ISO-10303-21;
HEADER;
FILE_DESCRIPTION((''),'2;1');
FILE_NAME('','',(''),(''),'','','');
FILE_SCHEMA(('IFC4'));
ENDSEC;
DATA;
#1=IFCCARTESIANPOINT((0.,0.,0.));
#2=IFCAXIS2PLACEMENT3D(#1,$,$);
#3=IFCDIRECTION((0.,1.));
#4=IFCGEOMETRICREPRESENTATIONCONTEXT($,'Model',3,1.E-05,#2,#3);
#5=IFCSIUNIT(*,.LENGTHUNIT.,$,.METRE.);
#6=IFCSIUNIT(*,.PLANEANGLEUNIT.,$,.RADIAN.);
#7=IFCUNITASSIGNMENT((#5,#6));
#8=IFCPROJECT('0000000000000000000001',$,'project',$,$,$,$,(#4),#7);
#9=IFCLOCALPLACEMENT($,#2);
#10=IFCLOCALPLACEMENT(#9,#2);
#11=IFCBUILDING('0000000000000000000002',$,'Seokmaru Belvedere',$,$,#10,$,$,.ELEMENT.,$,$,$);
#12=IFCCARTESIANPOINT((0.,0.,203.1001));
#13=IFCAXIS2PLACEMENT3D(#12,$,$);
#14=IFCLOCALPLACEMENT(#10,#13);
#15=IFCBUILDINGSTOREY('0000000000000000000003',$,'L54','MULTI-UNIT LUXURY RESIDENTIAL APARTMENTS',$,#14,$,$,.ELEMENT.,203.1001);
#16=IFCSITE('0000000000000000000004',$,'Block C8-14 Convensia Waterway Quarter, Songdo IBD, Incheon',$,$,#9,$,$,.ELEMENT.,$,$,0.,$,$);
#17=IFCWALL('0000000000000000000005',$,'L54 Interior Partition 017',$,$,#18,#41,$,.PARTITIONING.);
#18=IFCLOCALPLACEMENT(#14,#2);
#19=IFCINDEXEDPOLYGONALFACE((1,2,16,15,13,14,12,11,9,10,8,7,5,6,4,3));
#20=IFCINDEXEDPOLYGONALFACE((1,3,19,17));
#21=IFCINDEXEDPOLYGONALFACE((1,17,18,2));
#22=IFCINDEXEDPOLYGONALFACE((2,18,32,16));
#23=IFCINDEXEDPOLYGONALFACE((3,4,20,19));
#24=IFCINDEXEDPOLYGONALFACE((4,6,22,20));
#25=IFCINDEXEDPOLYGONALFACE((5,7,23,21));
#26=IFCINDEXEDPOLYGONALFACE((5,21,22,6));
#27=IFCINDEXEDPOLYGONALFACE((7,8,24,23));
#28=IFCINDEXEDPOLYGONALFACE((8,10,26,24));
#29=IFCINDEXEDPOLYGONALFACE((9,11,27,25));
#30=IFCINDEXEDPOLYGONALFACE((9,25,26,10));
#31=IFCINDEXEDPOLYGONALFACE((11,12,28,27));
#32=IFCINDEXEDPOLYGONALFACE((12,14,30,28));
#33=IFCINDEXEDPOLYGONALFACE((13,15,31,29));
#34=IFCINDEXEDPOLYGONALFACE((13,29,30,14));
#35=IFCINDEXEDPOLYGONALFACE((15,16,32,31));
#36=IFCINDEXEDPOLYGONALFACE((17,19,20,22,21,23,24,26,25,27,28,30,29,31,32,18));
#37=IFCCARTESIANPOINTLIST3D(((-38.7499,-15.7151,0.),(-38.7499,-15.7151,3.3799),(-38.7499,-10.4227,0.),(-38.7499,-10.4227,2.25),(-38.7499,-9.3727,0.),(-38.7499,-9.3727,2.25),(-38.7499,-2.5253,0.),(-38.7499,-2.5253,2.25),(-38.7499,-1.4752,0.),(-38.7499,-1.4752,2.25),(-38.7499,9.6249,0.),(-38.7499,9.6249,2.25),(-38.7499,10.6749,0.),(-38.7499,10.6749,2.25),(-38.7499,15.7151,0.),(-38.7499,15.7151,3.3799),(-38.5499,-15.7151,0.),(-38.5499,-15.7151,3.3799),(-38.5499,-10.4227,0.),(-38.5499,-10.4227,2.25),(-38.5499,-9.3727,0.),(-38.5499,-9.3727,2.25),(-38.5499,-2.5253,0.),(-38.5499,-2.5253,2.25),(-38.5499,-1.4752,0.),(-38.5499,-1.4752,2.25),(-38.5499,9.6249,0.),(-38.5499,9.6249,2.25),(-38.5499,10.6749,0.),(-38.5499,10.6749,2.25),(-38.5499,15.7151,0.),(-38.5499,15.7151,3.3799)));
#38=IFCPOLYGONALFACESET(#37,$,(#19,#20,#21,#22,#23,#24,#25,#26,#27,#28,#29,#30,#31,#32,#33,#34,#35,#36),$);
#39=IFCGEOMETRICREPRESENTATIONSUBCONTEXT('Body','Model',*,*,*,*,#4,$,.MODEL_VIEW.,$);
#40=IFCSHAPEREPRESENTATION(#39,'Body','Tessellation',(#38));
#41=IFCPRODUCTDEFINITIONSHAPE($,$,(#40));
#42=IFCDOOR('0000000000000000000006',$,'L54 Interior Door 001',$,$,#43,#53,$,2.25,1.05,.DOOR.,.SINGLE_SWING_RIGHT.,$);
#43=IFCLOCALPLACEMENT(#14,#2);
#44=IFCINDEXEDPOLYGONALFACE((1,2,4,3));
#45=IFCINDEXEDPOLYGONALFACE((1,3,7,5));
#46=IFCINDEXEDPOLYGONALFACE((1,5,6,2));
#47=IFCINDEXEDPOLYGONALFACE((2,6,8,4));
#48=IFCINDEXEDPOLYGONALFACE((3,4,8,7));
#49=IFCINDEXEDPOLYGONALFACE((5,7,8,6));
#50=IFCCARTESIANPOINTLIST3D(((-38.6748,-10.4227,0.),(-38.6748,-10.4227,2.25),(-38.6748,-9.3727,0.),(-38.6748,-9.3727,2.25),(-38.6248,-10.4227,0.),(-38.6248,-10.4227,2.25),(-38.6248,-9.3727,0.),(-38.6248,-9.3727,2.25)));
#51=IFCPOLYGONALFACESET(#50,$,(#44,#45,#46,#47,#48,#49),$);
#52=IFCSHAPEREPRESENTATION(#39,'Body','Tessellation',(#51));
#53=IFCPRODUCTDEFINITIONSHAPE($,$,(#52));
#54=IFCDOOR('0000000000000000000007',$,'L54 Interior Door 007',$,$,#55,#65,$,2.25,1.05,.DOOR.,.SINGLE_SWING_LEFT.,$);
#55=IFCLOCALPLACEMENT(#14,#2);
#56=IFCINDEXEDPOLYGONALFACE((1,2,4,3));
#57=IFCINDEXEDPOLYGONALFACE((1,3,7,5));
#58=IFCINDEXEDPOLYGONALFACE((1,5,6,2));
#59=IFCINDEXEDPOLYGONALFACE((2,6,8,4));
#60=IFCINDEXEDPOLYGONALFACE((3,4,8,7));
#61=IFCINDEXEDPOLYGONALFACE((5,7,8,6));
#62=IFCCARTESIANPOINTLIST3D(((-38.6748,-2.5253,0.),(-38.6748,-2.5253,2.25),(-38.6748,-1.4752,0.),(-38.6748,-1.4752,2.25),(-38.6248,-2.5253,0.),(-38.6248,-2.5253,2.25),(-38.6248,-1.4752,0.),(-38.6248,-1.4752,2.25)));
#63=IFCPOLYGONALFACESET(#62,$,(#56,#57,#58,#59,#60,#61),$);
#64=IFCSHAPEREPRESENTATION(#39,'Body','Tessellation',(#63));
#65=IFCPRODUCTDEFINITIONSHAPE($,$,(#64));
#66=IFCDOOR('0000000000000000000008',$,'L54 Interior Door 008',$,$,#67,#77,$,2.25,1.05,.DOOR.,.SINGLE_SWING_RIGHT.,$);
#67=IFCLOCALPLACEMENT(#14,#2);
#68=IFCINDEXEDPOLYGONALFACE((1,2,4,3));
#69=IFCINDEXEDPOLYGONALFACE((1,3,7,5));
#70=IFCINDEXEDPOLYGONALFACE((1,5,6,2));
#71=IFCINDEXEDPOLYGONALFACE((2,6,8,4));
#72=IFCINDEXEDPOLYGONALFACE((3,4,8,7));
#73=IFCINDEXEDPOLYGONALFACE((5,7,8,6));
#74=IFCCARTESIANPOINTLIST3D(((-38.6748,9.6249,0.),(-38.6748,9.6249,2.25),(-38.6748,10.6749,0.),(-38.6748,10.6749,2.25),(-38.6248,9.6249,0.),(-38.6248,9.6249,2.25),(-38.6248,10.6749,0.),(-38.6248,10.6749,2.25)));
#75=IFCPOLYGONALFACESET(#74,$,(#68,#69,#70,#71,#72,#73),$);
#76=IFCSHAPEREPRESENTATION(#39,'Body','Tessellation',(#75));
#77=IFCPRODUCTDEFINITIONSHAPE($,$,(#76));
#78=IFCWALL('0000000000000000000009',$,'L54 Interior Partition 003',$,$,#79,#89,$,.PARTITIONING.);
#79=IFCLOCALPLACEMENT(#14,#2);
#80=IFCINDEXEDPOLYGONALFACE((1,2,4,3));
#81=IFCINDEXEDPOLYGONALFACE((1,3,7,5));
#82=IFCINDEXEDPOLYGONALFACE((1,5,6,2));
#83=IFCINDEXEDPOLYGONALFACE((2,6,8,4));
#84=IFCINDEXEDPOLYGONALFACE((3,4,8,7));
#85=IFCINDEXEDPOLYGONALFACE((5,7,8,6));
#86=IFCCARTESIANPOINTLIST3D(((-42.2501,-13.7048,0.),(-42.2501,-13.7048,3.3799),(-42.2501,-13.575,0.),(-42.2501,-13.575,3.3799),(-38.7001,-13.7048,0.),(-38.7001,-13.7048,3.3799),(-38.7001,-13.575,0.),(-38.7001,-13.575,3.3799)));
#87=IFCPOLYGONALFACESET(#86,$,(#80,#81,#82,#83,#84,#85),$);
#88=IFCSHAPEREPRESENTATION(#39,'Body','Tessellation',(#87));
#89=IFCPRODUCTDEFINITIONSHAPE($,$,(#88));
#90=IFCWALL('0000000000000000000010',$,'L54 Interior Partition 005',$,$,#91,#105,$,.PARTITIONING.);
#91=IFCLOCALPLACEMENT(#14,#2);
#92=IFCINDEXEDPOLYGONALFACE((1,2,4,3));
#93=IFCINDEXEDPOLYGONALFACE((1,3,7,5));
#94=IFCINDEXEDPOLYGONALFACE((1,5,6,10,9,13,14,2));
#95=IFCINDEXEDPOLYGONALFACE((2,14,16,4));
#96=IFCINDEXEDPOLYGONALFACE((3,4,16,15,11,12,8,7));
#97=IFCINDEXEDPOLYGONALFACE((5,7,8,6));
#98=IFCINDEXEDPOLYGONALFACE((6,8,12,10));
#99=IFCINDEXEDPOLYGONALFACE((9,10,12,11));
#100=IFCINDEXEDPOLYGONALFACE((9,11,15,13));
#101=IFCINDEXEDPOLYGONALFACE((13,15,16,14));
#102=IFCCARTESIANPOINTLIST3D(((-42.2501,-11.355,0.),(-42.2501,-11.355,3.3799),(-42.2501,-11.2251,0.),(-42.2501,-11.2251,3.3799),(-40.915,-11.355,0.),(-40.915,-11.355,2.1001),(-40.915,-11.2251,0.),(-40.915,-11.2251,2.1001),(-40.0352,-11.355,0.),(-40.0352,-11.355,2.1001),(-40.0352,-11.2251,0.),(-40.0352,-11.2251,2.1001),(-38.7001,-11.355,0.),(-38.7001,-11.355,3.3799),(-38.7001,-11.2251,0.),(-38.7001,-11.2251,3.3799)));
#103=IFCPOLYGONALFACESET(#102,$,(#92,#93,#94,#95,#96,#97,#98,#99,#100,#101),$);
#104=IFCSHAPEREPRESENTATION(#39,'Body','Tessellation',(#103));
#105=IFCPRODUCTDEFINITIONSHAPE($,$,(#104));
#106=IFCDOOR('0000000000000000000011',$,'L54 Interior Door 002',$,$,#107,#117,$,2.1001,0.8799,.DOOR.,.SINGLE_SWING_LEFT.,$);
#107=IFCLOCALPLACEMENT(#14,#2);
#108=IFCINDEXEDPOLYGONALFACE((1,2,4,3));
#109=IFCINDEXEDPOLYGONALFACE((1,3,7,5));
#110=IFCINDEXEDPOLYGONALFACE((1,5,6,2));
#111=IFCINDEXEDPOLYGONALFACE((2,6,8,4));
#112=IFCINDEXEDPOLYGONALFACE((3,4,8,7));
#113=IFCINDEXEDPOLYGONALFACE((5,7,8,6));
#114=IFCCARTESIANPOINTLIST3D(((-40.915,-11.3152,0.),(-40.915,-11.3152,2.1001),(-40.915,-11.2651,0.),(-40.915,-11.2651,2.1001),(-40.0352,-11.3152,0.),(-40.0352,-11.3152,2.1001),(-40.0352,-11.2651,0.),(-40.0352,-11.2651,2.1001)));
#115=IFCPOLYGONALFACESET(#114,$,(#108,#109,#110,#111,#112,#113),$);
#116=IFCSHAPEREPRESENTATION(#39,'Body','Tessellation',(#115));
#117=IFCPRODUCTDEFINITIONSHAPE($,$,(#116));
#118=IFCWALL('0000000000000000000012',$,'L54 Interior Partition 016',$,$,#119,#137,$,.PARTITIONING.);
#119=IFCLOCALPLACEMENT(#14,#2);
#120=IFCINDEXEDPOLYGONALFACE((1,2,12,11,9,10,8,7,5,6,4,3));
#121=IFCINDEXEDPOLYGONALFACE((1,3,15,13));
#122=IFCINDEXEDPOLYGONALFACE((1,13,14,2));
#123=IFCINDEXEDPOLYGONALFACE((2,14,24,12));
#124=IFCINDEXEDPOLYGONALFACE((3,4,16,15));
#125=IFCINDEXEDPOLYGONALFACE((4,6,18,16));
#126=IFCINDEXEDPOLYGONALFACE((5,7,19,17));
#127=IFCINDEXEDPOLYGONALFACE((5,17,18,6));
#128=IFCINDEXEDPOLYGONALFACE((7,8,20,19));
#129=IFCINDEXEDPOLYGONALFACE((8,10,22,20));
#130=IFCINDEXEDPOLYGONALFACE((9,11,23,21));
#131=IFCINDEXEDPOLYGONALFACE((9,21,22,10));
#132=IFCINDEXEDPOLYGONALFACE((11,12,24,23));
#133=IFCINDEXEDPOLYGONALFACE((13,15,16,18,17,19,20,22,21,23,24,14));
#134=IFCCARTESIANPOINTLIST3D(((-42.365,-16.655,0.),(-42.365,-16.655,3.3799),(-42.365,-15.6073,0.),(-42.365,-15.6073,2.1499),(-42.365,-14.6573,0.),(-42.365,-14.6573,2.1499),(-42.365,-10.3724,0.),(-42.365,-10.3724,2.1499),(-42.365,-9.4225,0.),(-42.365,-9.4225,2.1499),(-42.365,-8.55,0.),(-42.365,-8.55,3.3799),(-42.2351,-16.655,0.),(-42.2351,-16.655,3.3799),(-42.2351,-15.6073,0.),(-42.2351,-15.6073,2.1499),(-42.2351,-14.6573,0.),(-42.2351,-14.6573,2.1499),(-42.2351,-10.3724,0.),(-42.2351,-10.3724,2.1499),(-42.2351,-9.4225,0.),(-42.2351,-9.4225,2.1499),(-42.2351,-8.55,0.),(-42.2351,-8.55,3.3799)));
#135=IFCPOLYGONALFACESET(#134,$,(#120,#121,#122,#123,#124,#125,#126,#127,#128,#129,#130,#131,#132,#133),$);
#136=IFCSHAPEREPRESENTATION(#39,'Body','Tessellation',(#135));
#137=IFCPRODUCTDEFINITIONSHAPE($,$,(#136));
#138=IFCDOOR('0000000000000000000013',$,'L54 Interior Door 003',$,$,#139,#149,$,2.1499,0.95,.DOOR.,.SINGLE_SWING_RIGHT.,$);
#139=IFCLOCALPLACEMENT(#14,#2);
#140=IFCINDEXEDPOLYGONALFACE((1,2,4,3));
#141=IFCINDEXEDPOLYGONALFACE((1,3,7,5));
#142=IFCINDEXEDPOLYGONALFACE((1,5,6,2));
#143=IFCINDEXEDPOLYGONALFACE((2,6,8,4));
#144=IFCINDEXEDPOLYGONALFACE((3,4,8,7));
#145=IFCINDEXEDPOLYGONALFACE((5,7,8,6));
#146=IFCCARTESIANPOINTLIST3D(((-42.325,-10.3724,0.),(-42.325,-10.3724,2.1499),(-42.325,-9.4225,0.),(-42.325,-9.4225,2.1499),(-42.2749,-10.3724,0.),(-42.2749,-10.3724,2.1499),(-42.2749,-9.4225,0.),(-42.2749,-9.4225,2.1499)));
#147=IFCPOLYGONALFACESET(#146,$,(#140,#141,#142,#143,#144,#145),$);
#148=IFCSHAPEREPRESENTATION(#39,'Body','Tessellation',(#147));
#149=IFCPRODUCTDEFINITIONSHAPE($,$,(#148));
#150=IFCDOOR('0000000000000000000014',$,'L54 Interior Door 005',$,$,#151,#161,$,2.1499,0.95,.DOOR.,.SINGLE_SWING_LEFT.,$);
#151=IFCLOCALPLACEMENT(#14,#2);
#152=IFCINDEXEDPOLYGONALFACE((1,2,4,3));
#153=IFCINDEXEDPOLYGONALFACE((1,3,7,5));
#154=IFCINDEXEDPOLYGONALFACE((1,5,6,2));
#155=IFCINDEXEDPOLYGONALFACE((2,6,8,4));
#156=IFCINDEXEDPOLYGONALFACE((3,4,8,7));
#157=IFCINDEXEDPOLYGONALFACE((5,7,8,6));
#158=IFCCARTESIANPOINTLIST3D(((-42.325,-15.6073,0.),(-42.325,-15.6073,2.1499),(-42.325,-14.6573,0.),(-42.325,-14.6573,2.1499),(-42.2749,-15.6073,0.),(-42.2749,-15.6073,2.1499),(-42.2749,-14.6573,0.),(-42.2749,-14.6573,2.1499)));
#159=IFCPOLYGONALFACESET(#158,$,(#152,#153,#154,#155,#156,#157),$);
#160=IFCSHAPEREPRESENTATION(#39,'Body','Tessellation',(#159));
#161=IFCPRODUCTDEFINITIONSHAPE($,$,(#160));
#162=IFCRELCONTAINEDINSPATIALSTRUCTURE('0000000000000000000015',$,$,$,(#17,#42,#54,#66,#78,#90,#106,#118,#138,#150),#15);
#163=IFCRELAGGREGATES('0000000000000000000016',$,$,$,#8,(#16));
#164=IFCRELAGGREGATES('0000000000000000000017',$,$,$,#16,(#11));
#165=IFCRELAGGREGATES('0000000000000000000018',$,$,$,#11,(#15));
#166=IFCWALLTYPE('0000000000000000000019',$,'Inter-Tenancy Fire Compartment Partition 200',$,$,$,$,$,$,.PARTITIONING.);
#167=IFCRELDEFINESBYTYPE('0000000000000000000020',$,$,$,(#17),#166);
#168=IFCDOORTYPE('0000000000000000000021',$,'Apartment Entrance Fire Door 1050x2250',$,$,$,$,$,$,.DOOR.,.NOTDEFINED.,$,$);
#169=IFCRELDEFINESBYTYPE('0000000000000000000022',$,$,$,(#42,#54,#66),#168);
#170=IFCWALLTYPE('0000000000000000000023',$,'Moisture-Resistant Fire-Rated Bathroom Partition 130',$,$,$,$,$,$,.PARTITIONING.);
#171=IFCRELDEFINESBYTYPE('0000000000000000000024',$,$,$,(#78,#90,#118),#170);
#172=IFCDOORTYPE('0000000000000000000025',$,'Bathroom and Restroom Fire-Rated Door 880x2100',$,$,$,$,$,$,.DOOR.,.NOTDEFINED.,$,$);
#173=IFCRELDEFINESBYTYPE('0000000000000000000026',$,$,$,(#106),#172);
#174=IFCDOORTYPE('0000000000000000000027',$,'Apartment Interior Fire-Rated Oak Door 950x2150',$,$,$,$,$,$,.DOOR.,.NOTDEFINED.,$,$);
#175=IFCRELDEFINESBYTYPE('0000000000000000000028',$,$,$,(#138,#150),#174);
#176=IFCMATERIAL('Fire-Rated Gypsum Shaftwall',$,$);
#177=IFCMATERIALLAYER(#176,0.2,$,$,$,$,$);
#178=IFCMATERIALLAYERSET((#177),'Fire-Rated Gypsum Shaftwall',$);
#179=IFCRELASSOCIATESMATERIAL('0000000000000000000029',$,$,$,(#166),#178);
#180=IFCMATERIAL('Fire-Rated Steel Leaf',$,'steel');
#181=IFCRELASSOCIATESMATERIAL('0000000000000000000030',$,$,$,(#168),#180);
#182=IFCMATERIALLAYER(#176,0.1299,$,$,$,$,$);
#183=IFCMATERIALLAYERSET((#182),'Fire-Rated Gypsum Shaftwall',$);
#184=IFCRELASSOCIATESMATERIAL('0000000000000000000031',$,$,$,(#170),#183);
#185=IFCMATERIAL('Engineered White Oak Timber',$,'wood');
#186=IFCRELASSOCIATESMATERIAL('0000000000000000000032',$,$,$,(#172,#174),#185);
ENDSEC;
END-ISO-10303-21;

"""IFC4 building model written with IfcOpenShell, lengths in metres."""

from ifc_helpers import new_model, si_unit, direction, frame, frame_2d, origin, place, context, subcontext, project, spatial, rectangle, extrude, source, transform, mapped, material, layer, layer_set, type_object, type_shapes, element, fill, save


model = new_model("IFC4")

# Units and contexts
model_context = context("Model", 3, precision=1e-05, world=origin(), true_north=direction((0.0, 1.0)))
body_context = subcontext(model_context, "Body", "Model", "MODEL_VIEW")
ifc_project = project(units=[si_unit("LENGTHUNIT", "METRE"), si_unit("PLANEANGLEUNIT", "RADIAN")], contexts=[model_context])

# Site, building, storey
site_placement = place(None, origin())
site = spatial("IfcSite", under=ifc_project, at=site_placement, Name="Block C8-14 Convensia Waterway Quarter, Songdo IBD, Incheon", CompositionType="ELEMENT", RefElevation=0.0)
building_placement = place(site_placement, origin())
building = spatial("IfcBuilding", under=site, at=building_placement, Name="Seokmaru Belvedere", CompositionType="ELEMENT")
storey_placement = place(building_placement, frame((0.0, 0.0, 203.1001)))
storey = spatial("IfcBuildingStorey", under=building, at=storey_placement, Name="L54", Description="MULTI-UNIT LUXURY RESIDENTIAL APARTMENTS", CompositionType="ELEMENT", Elevation=203.1001)

# Shared definitions
ifc_material_1 = material(Name="Fire-Rated Gypsum Shaftwall")
ifc_layer_1 = layer(ifc_material_1, 0.2)
ifc_layer_set_1 = layer_set([ifc_layer_1], Name="Fire-Rated Gypsum Shaftwall")
wall_type_1 = type_object("IfcWallType", Name="Inter-Tenancy Fire Compartment Partition 200", PredefinedType="PARTITIONING", material=ifc_layer_set_1)

# Wall, openings, doors
wall_1_placement = place(storey_placement, frame((-38.6499, -15.7151, 0.0), z_axis=(0.0, 0.0, 1.0), x_axis=(0.0, 1.0, 0.0)))
wall_1 = element("IfcWall", 1, at=wall_1_placement, inside=storey, type_object=wall_type_1, Name="L54 Interior Partition 017", PredefinedType="PARTITIONING", context=body_context, shape_type="SweptSolid", body=[
    extrude(rectangle(XDim=31.4302, YDim=0.2, at=frame_2d((15.7151, 0.0))), origin(), (0.0, 0.0, 1.0), 3.3799),
])
opening_1_placement = place(wall_1_placement, frame((5.2925, 0.0, 0.0)))
opening_1 = element("IfcOpeningElement", 2, at=opening_1_placement, cuts=wall_1, PredefinedType="OPENING", context=body_context, shape_type="SweptSolid", body=[
    extrude(rectangle(XDim=1.05, YDim=2.25, at=frame_2d((0.5249, 1.125))), frame((0.0, 0.1099, 0.0), z_axis=(0.0, -1.0, 0.0), x_axis=(1.0, 0.0, 0.0)), (0.0, 0.0, 1.0), 0.22),
])
opening_2_placement = place(wall_1_placement, frame((13.1899, 0.0, 0.0)))
opening_2 = element("IfcOpeningElement", 3, at=opening_2_placement, cuts=wall_1, PredefinedType="OPENING", context=body_context, shape_type="SweptSolid", body=[
    extrude(rectangle(XDim=1.05, YDim=2.25, at=frame_2d((0.5249, 1.125))), frame((0.0, 0.1099, 0.0), z_axis=(0.0, -1.0, 0.0), x_axis=(1.0, 0.0, 0.0)), (0.0, 0.0, 1.0), 0.22),
])
opening_3_placement = place(wall_1_placement, frame((25.3401, 0.0, 0.0)))
opening_3 = element("IfcOpeningElement", 4, at=opening_3_placement, cuts=wall_1, PredefinedType="OPENING", context=body_context, shape_type="SweptSolid", body=[
    extrude(rectangle(XDim=1.05, YDim=2.25, at=frame_2d((0.5249, 1.125))), frame((0.0, 0.1099, 0.0), z_axis=(0.0, -1.0, 0.0), x_axis=(1.0, 0.0, 0.0)), (0.0, 0.0, 1.0), 0.22),
])
ifc_material_2 = material(Name="Fire-Rated Steel Leaf", Category="steel")
door_type_1 = type_object("IfcDoorType", Name="Apartment Entrance Fire Door 1050x2250", OperationType="NOTDEFINED", PredefinedType="DOOR", material=ifc_material_2)
shared_shape_1 = source(origin(), body_context, "Body", "SweptSolid", [
    extrude(rectangle(XDim=1.05, YDim=2.25, at=frame_2d((0.5249, 1.125))), frame((0.0, 0.0249, 0.0), z_axis=(0.0, -1.0, 0.0), x_axis=(1.0, 0.0, 0.0)), (0.0, 0.0, 1.0), 0.05),
])
type_shapes(door_type_1, [shared_shape_1])
door_1_placement = place(opening_1_placement, origin())
door_1 = element("IfcDoor", 5, at=door_1_placement, inside=storey, type_object=door_type_1, Name="L54 Interior Door 001", OperationType="SINGLE_SWING_RIGHT", OverallHeight=2.25, OverallWidth=1.05, PredefinedType="DOOR", context=body_context, shape_type="MappedRepresentation", body=[
    mapped(shared_shape_1, transform((0.0, 0.0, 0.0), scale=1.0)),
])
fill(opening_1, door_1)
door_2_placement = place(opening_2_placement, origin())
door_2 = element("IfcDoor", 6, at=door_2_placement, inside=storey, type_object=door_type_1, Name="L54 Interior Door 007", OperationType="SINGLE_SWING_LEFT", OverallHeight=2.25, OverallWidth=1.05, PredefinedType="DOOR", context=body_context, shape_type="MappedRepresentation", body=[
    mapped(shared_shape_1, transform((0.0, 0.0, 0.0), scale=1.0)),
])
fill(opening_2, door_2)
door_3_placement = place(opening_3_placement, origin())
door_3 = element("IfcDoor", 7, at=door_3_placement, inside=storey, type_object=door_type_1, Name="L54 Interior Door 008", OperationType="SINGLE_SWING_RIGHT", OverallHeight=2.25, OverallWidth=1.05, PredefinedType="DOOR", context=body_context, shape_type="MappedRepresentation", body=[
    mapped(shared_shape_1, transform((0.0, 0.0, 0.0), scale=1.0)),
])
fill(opening_3, door_3)

# Wall
ifc_layer_2 = layer(ifc_material_1, 0.1299)
ifc_layer_set_2 = layer_set([ifc_layer_2], Name="Fire-Rated Gypsum Shaftwall")
wall_type_2 = type_object("IfcWallType", Name="Moisture-Resistant Fire-Rated Bathroom Partition 130", PredefinedType="PARTITIONING", material=ifc_layer_set_2)
wall_2_placement = place(storey_placement, frame((-42.25, -13.6399, 0.0), z_axis=(0.0, 0.0, 1.0), x_axis=(1.0, 0.0, 0.0)))
element("IfcWall", 8, at=wall_2_placement, inside=storey, type_object=wall_type_2, Name="L54 Interior Partition 003", PredefinedType="PARTITIONING", context=body_context, shape_type="SweptSolid", body=[
    extrude(rectangle(XDim=3.55, YDim=0.1299, at=frame_2d((1.7749, 0.0))), origin(), (0.0, 0.0, 1.0), 3.3799),
])

# Wall, opening, door
wall_3_placement = place(storey_placement, frame((-42.25, -11.29, 0.0), z_axis=(0.0, 0.0, 1.0), x_axis=(1.0, 0.0, 0.0)))
wall_3 = element("IfcWall", 9, at=wall_3_placement, inside=storey, type_object=wall_type_2, Name="L54 Interior Partition 005", PredefinedType="PARTITIONING", context=body_context, shape_type="SweptSolid", body=[
    extrude(rectangle(XDim=3.55, YDim=0.1299, at=frame_2d((1.7749, 0.0))), origin(), (0.0, 0.0, 1.0), 3.3799),
])
opening_4_placement = place(wall_3_placement, frame((1.335, 0.0, 0.0)))
opening_4 = element("IfcOpeningElement", 10, at=opening_4_placement, cuts=wall_3, PredefinedType="OPENING", context=body_context, shape_type="SweptSolid", body=[
    extrude(rectangle(XDim=0.8799, YDim=2.1001, at=frame_2d((0.4399, 1.05))), frame((0.0, 0.075, 0.0), z_axis=(0.0, -1.0, 0.0), x_axis=(1.0, 0.0, 0.0)), (0.0, 0.0, 1.0), 0.1499),
])
ifc_material_3 = material(Name="Engineered White Oak Timber", Category="wood")
door_type_2 = type_object("IfcDoorType", Name="Bathroom and Restroom Fire-Rated Door 880x2100", OperationType="NOTDEFINED", PredefinedType="DOOR", material=ifc_material_3)
shared_shape_2 = source(origin(), body_context, "Body", "SweptSolid", [
    extrude(rectangle(XDim=0.8799, YDim=2.1001, at=frame_2d((0.4399, 1.05))), frame((0.0, 0.0249, 0.0), z_axis=(0.0, -1.0, 0.0), x_axis=(1.0, 0.0, 0.0)), (0.0, 0.0, 1.0), 0.05),
])
type_shapes(door_type_2, [shared_shape_2])
door_4_placement = place(opening_4_placement, origin())
door_4 = element("IfcDoor", 11, at=door_4_placement, inside=storey, type_object=door_type_2, Name="L54 Interior Door 002", OperationType="SINGLE_SWING_LEFT", OverallHeight=2.1001, OverallWidth=0.8799, PredefinedType="DOOR", context=body_context, shape_type="MappedRepresentation", body=[
    mapped(shared_shape_2, transform((0.0, 0.0, 0.0), scale=1.0)),
])
fill(opening_4, door_4)

# Wall, openings, doors
wall_4_placement = place(storey_placement, frame((-42.3, -16.655, 0.0), z_axis=(0.0, 0.0, 1.0), x_axis=(0.0, 1.0, 0.0)))
wall_4 = element("IfcWall", 12, at=wall_4_placement, inside=storey, type_object=wall_type_2, Name="L54 Interior Partition 016", PredefinedType="PARTITIONING", context=body_context, shape_type="SweptSolid", body=[
    extrude(rectangle(XDim=8.105, YDim=0.1299, at=frame_2d((4.0525, 0.0))), origin(), (0.0, 0.0, 1.0), 3.3799),
])
opening_5_placement = place(wall_4_placement, frame((6.2825, 0.0, 0.0)))
opening_5 = element("IfcOpeningElement", 13, at=opening_5_placement, cuts=wall_4, PredefinedType="OPENING", context=body_context, shape_type="SweptSolid", body=[
    extrude(rectangle(XDim=0.95, YDim=2.1499, at=frame_2d((0.4751, 1.075))), frame((0.0, 0.075, 0.0), z_axis=(0.0, -1.0, 0.0), x_axis=(1.0, 0.0, 0.0)), (0.0, 0.0, 1.0), 0.1499),
])
opening_6_placement = place(wall_4_placement, frame((1.0476, 0.0, 0.0)))
opening_6 = element("IfcOpeningElement", 14, at=opening_6_placement, cuts=wall_4, PredefinedType="OPENING", context=body_context, shape_type="SweptSolid", body=[
    extrude(rectangle(XDim=0.95, YDim=2.1499, at=frame_2d((0.4751, 1.075))), frame((0.0, 0.075, 0.0), z_axis=(0.0, -1.0, 0.0), x_axis=(1.0, 0.0, 0.0)), (0.0, 0.0, 1.0), 0.1499),
])
door_type_3 = type_object("IfcDoorType", Name="Apartment Interior Fire-Rated Oak Door 950x2150", OperationType="NOTDEFINED", PredefinedType="DOOR", material=ifc_material_3)
shared_shape_3 = source(origin(), body_context, "Body", "SweptSolid", [
    extrude(rectangle(XDim=0.95, YDim=2.1499, at=frame_2d((0.4751, 1.075))), frame((0.0, 0.0249, 0.0), z_axis=(0.0, -1.0, 0.0), x_axis=(1.0, 0.0, 0.0)), (0.0, 0.0, 1.0), 0.05),
])
type_shapes(door_type_3, [shared_shape_3])
door_5_placement = place(opening_5_placement, origin())
door_5 = element("IfcDoor", 15, at=door_5_placement, inside=storey, type_object=door_type_3, Name="L54 Interior Door 003", OperationType="SINGLE_SWING_RIGHT", OverallHeight=2.1499, OverallWidth=0.95, PredefinedType="DOOR", context=body_context, shape_type="MappedRepresentation", body=[
    mapped(shared_shape_3, transform((0.0, 0.0, 0.0), scale=1.0)),
])
fill(opening_5, door_5)
door_6_placement = place(opening_6_placement, origin())
door_6 = element("IfcDoor", 16, at=door_6_placement, inside=storey, type_object=door_type_3, Name="L54 Interior Door 005", OperationType="SINGLE_SWING_LEFT", OverallHeight=2.1499, OverallWidth=0.95, PredefinedType="DOOR", context=body_context, shape_type="MappedRepresentation", body=[
    mapped(shared_shape_3, transform((0.0, 0.0, 0.0), scale=1.0)),
])
fill(opening_6, door_6)

save(model, "model.ifc")
